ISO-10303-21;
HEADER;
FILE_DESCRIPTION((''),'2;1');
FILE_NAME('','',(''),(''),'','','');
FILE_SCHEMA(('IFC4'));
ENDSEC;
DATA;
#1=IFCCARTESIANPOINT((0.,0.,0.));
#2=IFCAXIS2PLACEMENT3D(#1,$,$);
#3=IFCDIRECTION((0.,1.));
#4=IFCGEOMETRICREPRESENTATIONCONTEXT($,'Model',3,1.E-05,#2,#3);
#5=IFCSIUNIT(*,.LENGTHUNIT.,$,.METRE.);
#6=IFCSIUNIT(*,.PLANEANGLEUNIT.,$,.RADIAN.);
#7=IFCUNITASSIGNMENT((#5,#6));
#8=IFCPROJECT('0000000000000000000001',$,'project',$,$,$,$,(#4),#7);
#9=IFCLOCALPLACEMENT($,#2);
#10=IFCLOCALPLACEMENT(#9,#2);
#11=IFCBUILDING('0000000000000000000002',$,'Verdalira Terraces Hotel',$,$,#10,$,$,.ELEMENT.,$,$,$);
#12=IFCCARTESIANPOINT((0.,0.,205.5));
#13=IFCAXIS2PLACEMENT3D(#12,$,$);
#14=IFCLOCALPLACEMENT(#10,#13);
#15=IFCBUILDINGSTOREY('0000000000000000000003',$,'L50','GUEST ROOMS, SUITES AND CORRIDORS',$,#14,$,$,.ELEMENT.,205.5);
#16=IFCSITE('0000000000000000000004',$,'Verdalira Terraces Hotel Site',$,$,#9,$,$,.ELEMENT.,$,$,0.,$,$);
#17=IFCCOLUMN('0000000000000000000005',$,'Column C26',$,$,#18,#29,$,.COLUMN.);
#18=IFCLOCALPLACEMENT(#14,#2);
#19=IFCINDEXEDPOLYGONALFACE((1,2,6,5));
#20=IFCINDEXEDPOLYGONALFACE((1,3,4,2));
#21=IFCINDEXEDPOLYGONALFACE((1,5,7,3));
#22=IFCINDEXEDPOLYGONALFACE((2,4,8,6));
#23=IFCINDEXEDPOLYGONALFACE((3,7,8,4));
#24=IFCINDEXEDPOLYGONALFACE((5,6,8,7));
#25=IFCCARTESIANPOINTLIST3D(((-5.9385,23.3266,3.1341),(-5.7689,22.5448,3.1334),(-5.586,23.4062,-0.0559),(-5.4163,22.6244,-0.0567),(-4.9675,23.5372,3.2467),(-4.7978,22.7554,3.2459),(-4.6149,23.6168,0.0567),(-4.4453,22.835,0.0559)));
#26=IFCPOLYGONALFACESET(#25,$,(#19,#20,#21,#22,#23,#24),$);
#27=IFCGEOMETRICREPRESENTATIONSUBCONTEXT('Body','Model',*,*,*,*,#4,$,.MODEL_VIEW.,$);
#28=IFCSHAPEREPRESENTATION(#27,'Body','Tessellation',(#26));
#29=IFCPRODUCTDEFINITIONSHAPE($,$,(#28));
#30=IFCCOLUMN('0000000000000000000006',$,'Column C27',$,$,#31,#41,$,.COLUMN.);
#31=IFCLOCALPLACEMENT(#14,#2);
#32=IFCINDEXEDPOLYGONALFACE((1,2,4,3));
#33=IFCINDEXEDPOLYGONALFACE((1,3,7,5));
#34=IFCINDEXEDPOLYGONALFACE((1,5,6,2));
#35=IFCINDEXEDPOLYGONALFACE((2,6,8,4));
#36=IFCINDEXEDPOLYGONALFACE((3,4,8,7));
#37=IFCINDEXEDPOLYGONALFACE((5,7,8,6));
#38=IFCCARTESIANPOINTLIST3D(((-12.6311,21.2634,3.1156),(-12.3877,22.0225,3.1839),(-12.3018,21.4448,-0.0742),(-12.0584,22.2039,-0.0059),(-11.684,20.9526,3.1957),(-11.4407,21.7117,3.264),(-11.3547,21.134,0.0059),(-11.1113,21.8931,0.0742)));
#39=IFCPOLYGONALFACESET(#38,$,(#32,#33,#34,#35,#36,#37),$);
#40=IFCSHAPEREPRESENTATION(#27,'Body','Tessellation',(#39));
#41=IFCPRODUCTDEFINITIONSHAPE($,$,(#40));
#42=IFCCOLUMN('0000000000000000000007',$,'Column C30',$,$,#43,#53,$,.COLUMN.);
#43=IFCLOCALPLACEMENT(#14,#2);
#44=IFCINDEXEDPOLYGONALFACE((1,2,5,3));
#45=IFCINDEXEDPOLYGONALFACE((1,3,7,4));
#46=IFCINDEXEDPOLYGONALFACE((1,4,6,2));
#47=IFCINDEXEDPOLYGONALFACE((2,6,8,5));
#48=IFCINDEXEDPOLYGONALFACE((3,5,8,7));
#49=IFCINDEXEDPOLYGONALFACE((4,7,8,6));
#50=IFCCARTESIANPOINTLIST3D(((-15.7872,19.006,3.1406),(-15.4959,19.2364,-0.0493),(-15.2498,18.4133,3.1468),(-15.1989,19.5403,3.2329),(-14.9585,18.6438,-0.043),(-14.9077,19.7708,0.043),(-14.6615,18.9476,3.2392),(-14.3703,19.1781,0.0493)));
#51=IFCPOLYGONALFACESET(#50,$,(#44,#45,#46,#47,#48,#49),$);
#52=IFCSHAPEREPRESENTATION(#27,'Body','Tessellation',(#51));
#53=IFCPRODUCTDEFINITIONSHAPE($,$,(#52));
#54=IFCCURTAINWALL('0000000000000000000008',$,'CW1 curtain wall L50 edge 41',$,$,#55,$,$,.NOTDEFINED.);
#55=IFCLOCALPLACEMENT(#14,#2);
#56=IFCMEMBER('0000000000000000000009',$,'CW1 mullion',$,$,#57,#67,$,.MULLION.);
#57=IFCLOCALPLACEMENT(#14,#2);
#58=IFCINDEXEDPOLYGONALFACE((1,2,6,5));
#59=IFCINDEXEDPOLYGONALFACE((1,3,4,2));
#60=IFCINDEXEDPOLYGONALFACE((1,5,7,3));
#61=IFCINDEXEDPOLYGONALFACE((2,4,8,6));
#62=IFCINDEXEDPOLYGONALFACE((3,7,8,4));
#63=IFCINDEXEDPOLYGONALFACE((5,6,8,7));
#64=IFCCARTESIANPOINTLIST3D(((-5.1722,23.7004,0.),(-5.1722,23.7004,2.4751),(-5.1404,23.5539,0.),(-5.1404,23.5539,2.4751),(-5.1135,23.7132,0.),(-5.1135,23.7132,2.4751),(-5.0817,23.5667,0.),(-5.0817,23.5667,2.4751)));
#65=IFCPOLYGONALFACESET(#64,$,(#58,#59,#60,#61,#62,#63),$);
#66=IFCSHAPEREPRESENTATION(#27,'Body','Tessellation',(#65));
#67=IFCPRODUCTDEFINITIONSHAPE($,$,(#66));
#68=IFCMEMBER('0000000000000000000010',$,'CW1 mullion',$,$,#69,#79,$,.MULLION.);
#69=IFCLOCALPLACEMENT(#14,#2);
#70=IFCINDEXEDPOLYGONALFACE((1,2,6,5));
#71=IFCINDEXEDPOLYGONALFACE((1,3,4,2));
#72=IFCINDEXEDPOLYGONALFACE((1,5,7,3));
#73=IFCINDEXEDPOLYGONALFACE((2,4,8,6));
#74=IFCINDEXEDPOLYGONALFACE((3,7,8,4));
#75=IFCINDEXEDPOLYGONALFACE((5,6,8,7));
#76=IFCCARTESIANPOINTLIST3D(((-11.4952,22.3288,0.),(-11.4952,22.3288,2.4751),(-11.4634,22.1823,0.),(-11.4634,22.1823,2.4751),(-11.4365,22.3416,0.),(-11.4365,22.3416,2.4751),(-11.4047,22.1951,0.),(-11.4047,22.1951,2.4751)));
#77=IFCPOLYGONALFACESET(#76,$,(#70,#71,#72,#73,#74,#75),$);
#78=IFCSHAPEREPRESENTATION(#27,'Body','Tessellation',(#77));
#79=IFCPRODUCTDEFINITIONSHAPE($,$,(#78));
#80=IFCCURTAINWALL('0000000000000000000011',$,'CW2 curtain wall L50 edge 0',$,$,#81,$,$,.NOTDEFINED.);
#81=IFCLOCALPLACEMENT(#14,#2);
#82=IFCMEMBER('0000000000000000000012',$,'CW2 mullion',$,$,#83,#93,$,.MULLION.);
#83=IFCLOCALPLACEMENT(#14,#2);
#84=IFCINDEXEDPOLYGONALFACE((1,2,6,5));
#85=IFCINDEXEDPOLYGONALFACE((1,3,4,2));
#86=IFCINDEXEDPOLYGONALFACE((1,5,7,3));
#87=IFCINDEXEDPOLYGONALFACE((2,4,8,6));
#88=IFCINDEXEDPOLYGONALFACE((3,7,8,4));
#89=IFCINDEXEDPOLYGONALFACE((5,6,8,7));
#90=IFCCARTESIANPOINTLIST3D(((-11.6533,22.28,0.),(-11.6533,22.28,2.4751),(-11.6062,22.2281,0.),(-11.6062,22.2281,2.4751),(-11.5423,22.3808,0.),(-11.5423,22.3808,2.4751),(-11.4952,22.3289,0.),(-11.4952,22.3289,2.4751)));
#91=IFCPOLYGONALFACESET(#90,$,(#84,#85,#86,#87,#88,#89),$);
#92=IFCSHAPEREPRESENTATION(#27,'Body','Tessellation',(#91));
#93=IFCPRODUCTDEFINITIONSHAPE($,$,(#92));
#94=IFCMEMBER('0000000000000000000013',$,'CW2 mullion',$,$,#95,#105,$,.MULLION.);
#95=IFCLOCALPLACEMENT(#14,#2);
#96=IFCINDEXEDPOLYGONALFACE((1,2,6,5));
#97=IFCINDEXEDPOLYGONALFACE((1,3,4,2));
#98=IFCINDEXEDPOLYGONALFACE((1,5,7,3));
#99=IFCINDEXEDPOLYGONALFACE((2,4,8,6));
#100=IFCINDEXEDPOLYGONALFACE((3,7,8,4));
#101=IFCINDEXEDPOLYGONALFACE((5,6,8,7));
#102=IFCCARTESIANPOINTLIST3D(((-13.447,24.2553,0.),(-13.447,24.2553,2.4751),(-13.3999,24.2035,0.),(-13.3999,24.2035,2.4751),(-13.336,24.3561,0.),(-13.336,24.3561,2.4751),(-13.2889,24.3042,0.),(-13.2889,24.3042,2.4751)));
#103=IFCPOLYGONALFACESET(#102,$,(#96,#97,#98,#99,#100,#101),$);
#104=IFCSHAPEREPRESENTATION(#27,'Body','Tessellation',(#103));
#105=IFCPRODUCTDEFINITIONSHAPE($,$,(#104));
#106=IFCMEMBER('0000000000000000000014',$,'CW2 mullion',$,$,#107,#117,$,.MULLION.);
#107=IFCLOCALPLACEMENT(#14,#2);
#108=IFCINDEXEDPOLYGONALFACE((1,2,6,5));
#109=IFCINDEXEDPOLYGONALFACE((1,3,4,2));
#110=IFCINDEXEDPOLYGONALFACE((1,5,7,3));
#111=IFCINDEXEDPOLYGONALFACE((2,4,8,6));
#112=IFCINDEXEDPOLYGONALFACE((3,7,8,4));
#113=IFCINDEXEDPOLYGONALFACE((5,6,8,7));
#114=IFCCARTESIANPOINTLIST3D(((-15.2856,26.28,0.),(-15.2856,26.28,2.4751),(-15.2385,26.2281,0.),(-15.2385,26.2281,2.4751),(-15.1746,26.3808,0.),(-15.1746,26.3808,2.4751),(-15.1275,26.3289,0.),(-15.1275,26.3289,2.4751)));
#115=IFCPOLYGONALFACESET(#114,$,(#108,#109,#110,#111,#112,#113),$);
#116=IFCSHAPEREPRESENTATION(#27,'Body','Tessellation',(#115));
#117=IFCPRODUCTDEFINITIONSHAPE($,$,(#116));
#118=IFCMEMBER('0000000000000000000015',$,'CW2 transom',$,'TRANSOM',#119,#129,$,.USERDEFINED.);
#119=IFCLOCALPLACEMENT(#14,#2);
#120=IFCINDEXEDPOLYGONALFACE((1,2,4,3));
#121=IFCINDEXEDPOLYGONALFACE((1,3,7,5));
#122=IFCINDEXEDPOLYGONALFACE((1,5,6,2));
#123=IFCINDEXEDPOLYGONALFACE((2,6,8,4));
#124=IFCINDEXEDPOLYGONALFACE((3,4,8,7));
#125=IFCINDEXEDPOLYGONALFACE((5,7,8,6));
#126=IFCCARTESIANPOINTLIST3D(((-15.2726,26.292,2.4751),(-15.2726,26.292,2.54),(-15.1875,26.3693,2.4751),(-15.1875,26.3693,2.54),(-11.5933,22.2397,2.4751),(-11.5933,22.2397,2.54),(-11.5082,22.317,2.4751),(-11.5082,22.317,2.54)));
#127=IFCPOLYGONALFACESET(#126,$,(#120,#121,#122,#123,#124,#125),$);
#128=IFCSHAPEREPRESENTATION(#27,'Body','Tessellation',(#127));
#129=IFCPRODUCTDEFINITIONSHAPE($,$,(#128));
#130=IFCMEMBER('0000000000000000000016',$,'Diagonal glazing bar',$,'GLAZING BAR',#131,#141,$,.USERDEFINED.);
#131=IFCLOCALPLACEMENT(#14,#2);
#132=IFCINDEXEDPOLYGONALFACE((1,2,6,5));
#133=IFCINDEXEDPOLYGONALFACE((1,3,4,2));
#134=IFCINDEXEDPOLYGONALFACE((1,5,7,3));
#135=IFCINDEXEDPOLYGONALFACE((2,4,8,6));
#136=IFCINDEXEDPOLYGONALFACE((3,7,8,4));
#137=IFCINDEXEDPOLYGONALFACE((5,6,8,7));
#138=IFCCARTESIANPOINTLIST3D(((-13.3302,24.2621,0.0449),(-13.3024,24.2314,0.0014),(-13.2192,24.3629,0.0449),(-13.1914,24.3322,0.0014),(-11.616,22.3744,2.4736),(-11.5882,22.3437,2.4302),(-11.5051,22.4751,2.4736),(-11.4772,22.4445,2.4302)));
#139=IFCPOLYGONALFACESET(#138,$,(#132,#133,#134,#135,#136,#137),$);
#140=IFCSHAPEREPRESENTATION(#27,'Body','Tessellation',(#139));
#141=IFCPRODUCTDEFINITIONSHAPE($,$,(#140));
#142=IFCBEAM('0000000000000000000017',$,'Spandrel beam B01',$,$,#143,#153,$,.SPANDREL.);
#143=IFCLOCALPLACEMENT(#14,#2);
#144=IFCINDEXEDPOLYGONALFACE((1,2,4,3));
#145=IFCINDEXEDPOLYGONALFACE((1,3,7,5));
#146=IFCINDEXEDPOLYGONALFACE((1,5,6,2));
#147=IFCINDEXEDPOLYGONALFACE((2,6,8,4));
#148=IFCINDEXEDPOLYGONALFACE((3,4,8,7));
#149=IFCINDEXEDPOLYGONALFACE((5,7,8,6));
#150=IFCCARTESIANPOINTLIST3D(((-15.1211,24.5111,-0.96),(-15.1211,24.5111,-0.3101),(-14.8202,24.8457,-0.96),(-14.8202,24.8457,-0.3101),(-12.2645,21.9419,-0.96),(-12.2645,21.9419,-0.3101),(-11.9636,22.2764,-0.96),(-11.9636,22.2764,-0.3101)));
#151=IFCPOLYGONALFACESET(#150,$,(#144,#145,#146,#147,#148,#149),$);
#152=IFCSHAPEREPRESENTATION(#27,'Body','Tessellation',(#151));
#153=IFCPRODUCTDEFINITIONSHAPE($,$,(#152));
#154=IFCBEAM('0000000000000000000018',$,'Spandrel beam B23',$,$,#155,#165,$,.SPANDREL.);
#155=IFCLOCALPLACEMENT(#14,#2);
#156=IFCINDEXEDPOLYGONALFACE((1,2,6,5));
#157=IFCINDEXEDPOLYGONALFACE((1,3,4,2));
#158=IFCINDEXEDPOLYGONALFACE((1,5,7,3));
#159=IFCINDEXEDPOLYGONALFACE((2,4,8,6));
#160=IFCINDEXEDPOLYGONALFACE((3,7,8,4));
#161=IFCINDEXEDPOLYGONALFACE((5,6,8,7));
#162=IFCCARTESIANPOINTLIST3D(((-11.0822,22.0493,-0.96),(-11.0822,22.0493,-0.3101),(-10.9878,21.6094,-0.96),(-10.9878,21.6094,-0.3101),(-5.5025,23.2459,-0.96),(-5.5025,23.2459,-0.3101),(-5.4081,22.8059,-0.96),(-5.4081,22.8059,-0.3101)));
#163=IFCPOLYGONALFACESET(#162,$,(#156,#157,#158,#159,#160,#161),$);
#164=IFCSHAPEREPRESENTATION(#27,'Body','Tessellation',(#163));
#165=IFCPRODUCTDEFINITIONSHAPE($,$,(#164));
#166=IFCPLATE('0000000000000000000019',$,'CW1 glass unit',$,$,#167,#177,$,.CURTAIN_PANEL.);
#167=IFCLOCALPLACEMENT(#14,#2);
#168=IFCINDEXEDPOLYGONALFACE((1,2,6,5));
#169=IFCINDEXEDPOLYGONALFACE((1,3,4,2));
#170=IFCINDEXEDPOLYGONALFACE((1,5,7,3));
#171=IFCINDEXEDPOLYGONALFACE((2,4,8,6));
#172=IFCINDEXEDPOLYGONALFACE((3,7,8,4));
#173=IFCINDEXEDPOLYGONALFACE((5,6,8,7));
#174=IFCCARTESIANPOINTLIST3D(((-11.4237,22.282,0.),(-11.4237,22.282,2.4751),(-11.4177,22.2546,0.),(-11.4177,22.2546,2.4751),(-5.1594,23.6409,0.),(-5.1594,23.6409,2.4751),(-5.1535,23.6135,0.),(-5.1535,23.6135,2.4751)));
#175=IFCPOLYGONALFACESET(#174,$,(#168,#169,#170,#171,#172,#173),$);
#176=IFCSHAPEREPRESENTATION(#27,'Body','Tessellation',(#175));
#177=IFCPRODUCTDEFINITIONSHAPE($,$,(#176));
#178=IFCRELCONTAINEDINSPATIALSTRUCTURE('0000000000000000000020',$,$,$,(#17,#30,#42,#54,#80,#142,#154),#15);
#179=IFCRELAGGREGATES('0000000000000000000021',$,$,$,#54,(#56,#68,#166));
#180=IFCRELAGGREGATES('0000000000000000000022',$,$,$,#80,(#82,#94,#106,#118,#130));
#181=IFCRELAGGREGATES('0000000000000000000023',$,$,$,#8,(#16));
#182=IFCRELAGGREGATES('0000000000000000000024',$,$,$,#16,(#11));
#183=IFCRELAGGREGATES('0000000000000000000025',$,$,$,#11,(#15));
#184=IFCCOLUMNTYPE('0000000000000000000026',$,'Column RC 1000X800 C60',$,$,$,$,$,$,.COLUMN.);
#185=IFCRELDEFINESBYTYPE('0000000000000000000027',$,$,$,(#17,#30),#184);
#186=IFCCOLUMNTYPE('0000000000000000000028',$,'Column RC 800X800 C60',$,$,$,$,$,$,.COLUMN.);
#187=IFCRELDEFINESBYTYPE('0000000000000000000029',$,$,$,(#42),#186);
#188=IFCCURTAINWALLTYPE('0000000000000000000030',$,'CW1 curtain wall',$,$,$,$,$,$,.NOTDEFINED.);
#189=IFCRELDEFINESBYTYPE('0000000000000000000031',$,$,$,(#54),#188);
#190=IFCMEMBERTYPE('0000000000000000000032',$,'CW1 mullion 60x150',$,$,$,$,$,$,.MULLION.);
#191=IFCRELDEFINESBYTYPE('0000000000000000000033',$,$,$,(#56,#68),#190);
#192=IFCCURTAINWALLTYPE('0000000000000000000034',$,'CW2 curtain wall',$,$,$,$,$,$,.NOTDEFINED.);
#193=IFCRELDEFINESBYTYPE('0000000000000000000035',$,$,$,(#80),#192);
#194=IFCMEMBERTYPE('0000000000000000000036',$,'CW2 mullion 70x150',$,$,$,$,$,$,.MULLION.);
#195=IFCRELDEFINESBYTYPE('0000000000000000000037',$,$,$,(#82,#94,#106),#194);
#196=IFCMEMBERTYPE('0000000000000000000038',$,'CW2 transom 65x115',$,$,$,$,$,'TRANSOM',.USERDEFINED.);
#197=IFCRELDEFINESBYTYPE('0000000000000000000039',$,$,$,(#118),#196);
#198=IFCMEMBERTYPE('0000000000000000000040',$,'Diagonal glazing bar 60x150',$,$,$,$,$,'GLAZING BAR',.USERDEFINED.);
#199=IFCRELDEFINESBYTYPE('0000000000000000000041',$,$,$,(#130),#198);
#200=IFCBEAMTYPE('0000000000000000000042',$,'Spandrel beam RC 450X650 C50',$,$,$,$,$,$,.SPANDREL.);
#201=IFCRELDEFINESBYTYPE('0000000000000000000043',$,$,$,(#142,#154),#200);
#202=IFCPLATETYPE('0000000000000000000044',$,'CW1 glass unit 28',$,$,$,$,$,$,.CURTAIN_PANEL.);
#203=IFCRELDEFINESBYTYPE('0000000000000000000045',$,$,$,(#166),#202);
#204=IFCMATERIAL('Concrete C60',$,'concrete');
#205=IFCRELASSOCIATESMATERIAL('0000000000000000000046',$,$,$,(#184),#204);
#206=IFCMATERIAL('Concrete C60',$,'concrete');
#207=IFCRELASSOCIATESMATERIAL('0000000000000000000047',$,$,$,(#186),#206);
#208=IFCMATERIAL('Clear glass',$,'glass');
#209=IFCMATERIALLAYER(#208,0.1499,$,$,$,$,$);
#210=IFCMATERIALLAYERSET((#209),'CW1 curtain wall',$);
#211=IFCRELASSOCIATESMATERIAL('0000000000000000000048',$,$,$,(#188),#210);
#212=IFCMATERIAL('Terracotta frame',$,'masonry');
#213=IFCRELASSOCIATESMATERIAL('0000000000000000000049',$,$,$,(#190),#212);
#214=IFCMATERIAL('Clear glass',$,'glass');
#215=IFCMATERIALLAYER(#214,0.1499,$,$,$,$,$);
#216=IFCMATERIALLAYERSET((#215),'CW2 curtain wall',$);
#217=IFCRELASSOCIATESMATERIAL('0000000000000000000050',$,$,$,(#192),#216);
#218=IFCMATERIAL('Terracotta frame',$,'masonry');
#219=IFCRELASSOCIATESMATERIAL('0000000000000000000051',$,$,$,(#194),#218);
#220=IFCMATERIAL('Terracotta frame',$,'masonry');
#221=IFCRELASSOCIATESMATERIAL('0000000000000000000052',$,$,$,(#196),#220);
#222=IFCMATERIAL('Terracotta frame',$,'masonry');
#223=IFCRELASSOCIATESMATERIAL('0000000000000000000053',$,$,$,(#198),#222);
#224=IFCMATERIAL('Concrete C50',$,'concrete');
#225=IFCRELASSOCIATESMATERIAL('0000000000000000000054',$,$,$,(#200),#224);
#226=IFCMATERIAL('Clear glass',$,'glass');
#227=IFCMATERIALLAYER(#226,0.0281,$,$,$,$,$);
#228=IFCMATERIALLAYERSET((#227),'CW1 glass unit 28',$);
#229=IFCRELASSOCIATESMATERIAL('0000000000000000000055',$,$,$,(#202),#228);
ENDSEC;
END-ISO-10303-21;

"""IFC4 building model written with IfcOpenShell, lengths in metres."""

from ifc_helpers import new_model, si_unit, direction, frame, origin, origin_2d, place, context, subcontext, project, spatial, rectangle, extrude, material, layer, layer_set, material_profile, profile_set, type_object, element, aggregate, save


model = new_model("IFC4")

# Units and contexts
model_context = context("Model", 3, precision=1e-05, world=origin(), true_north=direction((0.0, 1.0)))
body_context = subcontext(model_context, "Body", "Model", "MODEL_VIEW")
ifc_project = project(units=[si_unit("LENGTHUNIT", "METRE"), si_unit("PLANEANGLEUNIT", "RADIAN")], contexts=[model_context])

# Site, building, storey
site_placement = place(None, origin())
site = spatial("IfcSite", under=ifc_project, at=site_placement, Name="Verdalira Terraces Hotel Site", CompositionType="ELEMENT", RefElevation=0.0)
building_placement = place(site_placement, origin())
building = spatial("IfcBuilding", under=site, at=building_placement, Name="Verdalira Terraces Hotel", CompositionType="ELEMENT")
storey_placement = place(building_placement, frame((0.0, 0.0, 205.5)))
storey = spatial("IfcBuildingStorey", under=building, at=storey_placement, Name="L50", Description="GUEST ROOMS, SUITES AND CORRIDORS", CompositionType="ELEMENT", Elevation=205.5)

# Columns
ifc_material_1 = material(Name="Concrete C60", Category="concrete")
ifc_material_profile_1 = material_profile(ifc_material_1, rectangle(XDim=1.0, YDim=0.8, at=origin_2d()), Name="RC 1000X800")
ifc_profile_set_1 = profile_set([ifc_material_profile_1], Name="Concrete C60")
column_type_1 = type_object("IfcColumnType", Name="Column RC 1000X800 C60", PredefinedType="COLUMN", material=ifc_profile_set_1)
column_1_placement = place(storey_placement, frame((-5.0156, 23.1206, 0.0), z_axis=(-0.109813, -0.024792, 0.993643), x_axis=(-0.971072, -0.210587, -0.112573)))
element("IfcColumn", 1, at=column_1_placement, inside=storey, type_object=column_type_1, Name="Column C26", PredefinedType="COLUMN", context=body_context, shape_type="SweptSolid", body=[
    extrude(rectangle(XDim=1.0, YDim=0.8, at=origin_2d()), origin(), (0.0, 0.0, 1.0), 3.2104),
])
column_2_placement = place(storey_placement, frame((-11.7065, 21.6689, 0.0), z_axis=(-0.102535, -0.056474, 0.993125), x_axis=(0.947086, -0.310823, 0.080107)))
element("IfcColumn", 2, at=column_2_placement, inside=storey, type_object=column_type_1, Name="Column C27", PredefinedType="COLUMN", context=body_context, shape_type="SweptSolid", body=[
    extrude(rectangle(XDim=1.0, YDim=0.8, at=origin_2d()), origin(), (0.0, 0.0, 1.0), 3.2119),
])
ifc_material_2 = material(Name="Concrete C60", Category="concrete")
ifc_material_profile_2 = material_profile(ifc_material_2, rectangle(XDim=0.8, YDim=0.8, at=origin_2d()), Name="RC 800X800")
ifc_profile_set_2 = profile_set([ifc_material_profile_2], Name="Concrete C60")
column_type_2 = type_object("IfcColumnType", Name="Column RC 800X800 C60", PredefinedType="COLUMN", material=ifc_profile_set_2)
column_3_placement = place(storey_placement, frame((-14.9331, 19.2073, 0.0), z_axis=(-0.090693, -0.071764, 0.99329), x_axis=(-0.671676, 0.740804, -0.007806)))
element("IfcColumn", 3, at=column_3_placement, inside=storey, type_object=column_type_2, Name="Column C30", PredefinedType="COLUMN", context=body_context, shape_type="SweptSolid", body=[
    extrude(rectangle(XDim=0.8, YDim=0.8, at=origin_2d()), origin(), (0.0, 0.0, 1.0), 3.2114),
])

# Curtain walls, members
ifc_material_3 = material(Name="Clear glass", Category="glass")
ifc_layer_1 = layer(ifc_material_3, 0.1499)
ifc_layer_set_1 = layer_set([ifc_layer_1], Name="CW1 curtain wall")
curtain_wall_type_1 = type_object("IfcCurtainWallType", Name="CW1 curtain wall", PredefinedType="NOTDEFINED", material=ifc_layer_set_1)
curtain_wall_1_placement = place(storey_placement, origin())
curtain_wall_1 = element("IfcCurtainWall", 4, at=curtain_wall_1_placement, inside=storey, type_object=curtain_wall_type_1, Name="CW1 curtain wall L50 edge 41", PredefinedType="NOTDEFINED")
ifc_material_4 = material(Name="Terracotta frame", Category="masonry")
ifc_material_profile_3 = material_profile(ifc_material_4, rectangle(XDim=0.0601, YDim=0.1499, at=origin_2d()), Name="MU 60x150")
ifc_profile_set_3 = profile_set([ifc_material_profile_3], Name="Terracotta frame")
member_type_1 = type_object("IfcMemberType", Name="CW1 mullion 60x150", PredefinedType="MULLION", material=ifc_profile_set_3)
member_1_placement = place(storey_placement, frame((-5.127, 23.6335, 0.0), z_axis=(0.0, 0.0, 1.0), x_axis=(-0.977268, -0.212007, 0.0)))
member_1 = element("IfcMember", 5, at=member_1_placement, type_object=member_type_1, Name="CW1 mullion", PredefinedType="MULLION", context=body_context, shape_type="SweptSolid", body=[
    extrude(rectangle(XDim=0.0601, YDim=0.1499, at=origin_2d()), origin(), (0.0, 0.0, 1.0), 2.4751),
])
member_2_placement = place(storey_placement, frame((-11.45, 22.262, 0.0), z_axis=(0.0, 0.0, 1.0), x_axis=(-0.977268, -0.212007, 0.0)))
member_2 = element("IfcMember", 6, at=member_2_placement, type_object=member_type_1, Name="CW1 mullion", PredefinedType="MULLION", context=body_context, shape_type="SweptSolid", body=[
    extrude(rectangle(XDim=0.0601, YDim=0.1499, at=origin_2d()), origin(), (0.0, 0.0, 1.0), 2.4751),
])
ifc_material_5 = material(Name="Clear glass", Category="glass")
ifc_layer_2 = layer(ifc_material_5, 0.1499)
ifc_layer_set_2 = layer_set([ifc_layer_2], Name="CW2 curtain wall")
curtain_wall_type_2 = type_object("IfcCurtainWallType", Name="CW2 curtain wall", PredefinedType="NOTDEFINED", material=ifc_layer_set_2)
curtain_wall_2_placement = place(storey_placement, origin())
curtain_wall_2 = element("IfcCurtainWall", 7, at=curtain_wall_2_placement, inside=storey, type_object=curtain_wall_type_2, Name="CW2 curtain wall L50 edge 0", PredefinedType="NOTDEFINED")
ifc_material_6 = material(Name="Terracotta frame", Category="masonry")
ifc_material_profile_4 = material_profile(ifc_material_6, rectangle(XDim=0.0701, YDim=0.1499, at=origin_2d()), Name="MU 70x150")
ifc_profile_set_4 = profile_set([ifc_material_profile_4], Name="Terracotta frame")
member_type_2 = type_object("IfcMemberType", Name="CW2 mullion 70x150", PredefinedType="MULLION", material=ifc_profile_set_4)
member_3_placement = place(storey_placement, frame((-11.5742, 22.3044, 0.0), z_axis=(0.0, 0.0, 1.0), x_axis=(-0.672238, 0.740335, 0.0)))
member_3 = element("IfcMember", 8, at=member_3_placement, type_object=member_type_2, Name="CW2 mullion", PredefinedType="MULLION", context=body_context, shape_type="SweptSolid", body=[
    extrude(rectangle(XDim=0.0701, YDim=0.1499, at=origin_2d()), origin(), (0.0, 0.0, 1.0), 2.4751),
])
member_4_placement = place(storey_placement, frame((-13.3679, 24.2798, 0.0), z_axis=(0.0, 0.0, 1.0), x_axis=(-0.672238, 0.740335, 0.0)))
member_4 = element("IfcMember", 9, at=member_4_placement, type_object=member_type_2, Name="CW2 mullion", PredefinedType="MULLION", context=body_context, shape_type="SweptSolid", body=[
    extrude(rectangle(XDim=0.0701, YDim=0.1499, at=origin_2d()), origin(), (0.0, 0.0, 1.0), 2.4751),
])
member_5_placement = place(storey_placement, frame((-15.2065, 26.3044, 0.0), z_axis=(0.0, 0.0, 1.0), x_axis=(-0.672238, 0.740335, 0.0)))
member_5 = element("IfcMember", 10, at=member_5_placement, type_object=member_type_2, Name="CW2 mullion", PredefinedType="MULLION", context=body_context, shape_type="SweptSolid", body=[
    extrude(rectangle(XDim=0.0701, YDim=0.1499, at=origin_2d()), origin(), (0.0, 0.0, 1.0), 2.4751),
])
ifc_material_7 = material(Name="Terracotta frame", Category="masonry")
ifc_material_profile_5 = material_profile(ifc_material_7, rectangle(XDim=0.115, YDim=0.0649, at=origin_2d()), Name="TR 65x115")
ifc_profile_set_5 = profile_set([ifc_material_profile_5], Name="Terracotta frame")
member_type_3 = type_object("IfcMemberType", Name="CW2 transom 65x115", ElementType="TRANSOM", PredefinedType="USERDEFINED", material=ifc_profile_set_5)
member_6_placement = place(storey_placement, frame((-11.5508, 22.2783, 2.5076), z_axis=(-0.672206, 0.740364, 0.0), x_axis=(-0.740364, -0.672206, 0.0)))
member_6 = element("IfcMember", 11, at=member_6_placement, type_object=member_type_3, Name="CW2 transom", ObjectType="TRANSOM", PredefinedType="USERDEFINED", context=body_context, shape_type="SweptSolid", body=[
    extrude(rectangle(XDim=0.115, YDim=0.0649, at=origin_2d()), origin(), (0.0, 0.0, 1.0), 5.4734),
])
ifc_material_8 = material(Name="Terracotta frame", Category="masonry")
ifc_material_profile_6 = material_profile(ifc_material_8, rectangle(XDim=0.1499, YDim=0.0601, at=origin_2d()), Name="GB 60x150")
ifc_profile_set_6 = profile_set([ifc_material_profile_6], Name="Terracotta frame")
member_type_4 = type_object("IfcMemberType", Name="Diagonal glazing bar 60x150", ElementType="GLAZING BAR", PredefinedType="USERDEFINED", material=ifc_profile_set_6)
member_7_placement = place(storey_placement, frame((-11.5466, 22.4094, 2.4519), z_axis=(-0.486771, 0.536065, -0.689702), x_axis=(-0.740326, -0.672249, 0.0)))
member_7 = element("IfcMember", 12, at=member_7_placement, type_object=member_type_4, Name="Diagonal glazing bar", ObjectType="GLAZING BAR", PredefinedType="USERDEFINED", context=body_context, shape_type="SweptSolid", body=[
    extrude(rectangle(XDim=0.1499, YDim=0.0601, at=origin_2d()), origin(), (0.0, 0.0, 1.0), 3.5215),
])

# Beams
ifc_material_9 = material(Name="Concrete C50", Category="concrete")
ifc_material_profile_7 = material_profile(ifc_material_9, rectangle(XDim=0.45, YDim=0.6499, at=origin_2d()), Name="RC 450X650")
ifc_profile_set_7 = profile_set([ifc_material_profile_7], Name="Concrete C50")
beam_type = type_object("IfcBeamType", Name="Spandrel beam RC 450X650 C50", PredefinedType="SPANDREL", material=ifc_profile_set_7)
beam_1_placement = place(storey_placement, frame((-12.114, 22.1091, -0.635), z_axis=(-0.743512, 0.668722, 0.0), x_axis=(-0.668722, -0.743512, 0.0)))
element("IfcBeam", 13, at=beam_1_placement, inside=storey, type_object=beam_type, Name="Spandrel beam B01", PredefinedType="SPANDREL", context=body_context, shape_type="SweptSolid", body=[
    extrude(rectangle(XDim=0.45, YDim=0.6499, at=origin_2d()), origin(), (0.0, 0.0, 1.0), 3.842),
])
beam_2_placement = place(storey_placement, frame((-5.4553, 23.0259, -0.635), z_axis=(-0.97777, -0.209681, 0.0), x_axis=(0.209681, -0.97777, 0.0)))
element("IfcBeam", 14, at=beam_2_placement, inside=storey, type_object=beam_type, Name="Spandrel beam B23", PredefinedType="SPANDREL", context=body_context, shape_type="SweptSolid", body=[
    extrude(rectangle(XDim=0.45, YDim=0.6499, at=origin_2d()), origin(), (0.0, 0.0, 1.0), 5.7065),
])

# Plate
ifc_material_10 = material(Name="Clear glass", Category="glass")
ifc_layer_3 = layer(ifc_material_10, 0.0281)
ifc_layer_set_3 = layer_set([ifc_layer_3], Name="CW1 glass unit 28")
plate_type_1 = type_object("IfcPlateType", Name="CW1 glass unit 28", PredefinedType="CURTAIN_PANEL", material=ifc_layer_set_3)
plate_1_placement = place(storey_placement, frame((-8.2886, 22.9478, 0.0), z_axis=(0.0, 0.0, 1.0), x_axis=(-0.977268, -0.212007, 0.0)))
plate_1 = element("IfcPlate", 15, at=plate_1_placement, type_object=plate_type_1, Name="CW1 glass unit", PredefinedType="CURTAIN_PANEL", context=body_context, shape_type="SweptSolid", body=[
    extrude(rectangle(XDim=6.4099, YDim=0.0281, at=origin_2d()), origin(), (0.0, 0.0, 1.0), 2.4751),
])
aggregate(curtain_wall_1, [member_1, member_2, plate_1])
aggregate(curtain_wall_2, [member_3, member_4, member_5, member_6, member_7])

save(model, "model.ifc")
